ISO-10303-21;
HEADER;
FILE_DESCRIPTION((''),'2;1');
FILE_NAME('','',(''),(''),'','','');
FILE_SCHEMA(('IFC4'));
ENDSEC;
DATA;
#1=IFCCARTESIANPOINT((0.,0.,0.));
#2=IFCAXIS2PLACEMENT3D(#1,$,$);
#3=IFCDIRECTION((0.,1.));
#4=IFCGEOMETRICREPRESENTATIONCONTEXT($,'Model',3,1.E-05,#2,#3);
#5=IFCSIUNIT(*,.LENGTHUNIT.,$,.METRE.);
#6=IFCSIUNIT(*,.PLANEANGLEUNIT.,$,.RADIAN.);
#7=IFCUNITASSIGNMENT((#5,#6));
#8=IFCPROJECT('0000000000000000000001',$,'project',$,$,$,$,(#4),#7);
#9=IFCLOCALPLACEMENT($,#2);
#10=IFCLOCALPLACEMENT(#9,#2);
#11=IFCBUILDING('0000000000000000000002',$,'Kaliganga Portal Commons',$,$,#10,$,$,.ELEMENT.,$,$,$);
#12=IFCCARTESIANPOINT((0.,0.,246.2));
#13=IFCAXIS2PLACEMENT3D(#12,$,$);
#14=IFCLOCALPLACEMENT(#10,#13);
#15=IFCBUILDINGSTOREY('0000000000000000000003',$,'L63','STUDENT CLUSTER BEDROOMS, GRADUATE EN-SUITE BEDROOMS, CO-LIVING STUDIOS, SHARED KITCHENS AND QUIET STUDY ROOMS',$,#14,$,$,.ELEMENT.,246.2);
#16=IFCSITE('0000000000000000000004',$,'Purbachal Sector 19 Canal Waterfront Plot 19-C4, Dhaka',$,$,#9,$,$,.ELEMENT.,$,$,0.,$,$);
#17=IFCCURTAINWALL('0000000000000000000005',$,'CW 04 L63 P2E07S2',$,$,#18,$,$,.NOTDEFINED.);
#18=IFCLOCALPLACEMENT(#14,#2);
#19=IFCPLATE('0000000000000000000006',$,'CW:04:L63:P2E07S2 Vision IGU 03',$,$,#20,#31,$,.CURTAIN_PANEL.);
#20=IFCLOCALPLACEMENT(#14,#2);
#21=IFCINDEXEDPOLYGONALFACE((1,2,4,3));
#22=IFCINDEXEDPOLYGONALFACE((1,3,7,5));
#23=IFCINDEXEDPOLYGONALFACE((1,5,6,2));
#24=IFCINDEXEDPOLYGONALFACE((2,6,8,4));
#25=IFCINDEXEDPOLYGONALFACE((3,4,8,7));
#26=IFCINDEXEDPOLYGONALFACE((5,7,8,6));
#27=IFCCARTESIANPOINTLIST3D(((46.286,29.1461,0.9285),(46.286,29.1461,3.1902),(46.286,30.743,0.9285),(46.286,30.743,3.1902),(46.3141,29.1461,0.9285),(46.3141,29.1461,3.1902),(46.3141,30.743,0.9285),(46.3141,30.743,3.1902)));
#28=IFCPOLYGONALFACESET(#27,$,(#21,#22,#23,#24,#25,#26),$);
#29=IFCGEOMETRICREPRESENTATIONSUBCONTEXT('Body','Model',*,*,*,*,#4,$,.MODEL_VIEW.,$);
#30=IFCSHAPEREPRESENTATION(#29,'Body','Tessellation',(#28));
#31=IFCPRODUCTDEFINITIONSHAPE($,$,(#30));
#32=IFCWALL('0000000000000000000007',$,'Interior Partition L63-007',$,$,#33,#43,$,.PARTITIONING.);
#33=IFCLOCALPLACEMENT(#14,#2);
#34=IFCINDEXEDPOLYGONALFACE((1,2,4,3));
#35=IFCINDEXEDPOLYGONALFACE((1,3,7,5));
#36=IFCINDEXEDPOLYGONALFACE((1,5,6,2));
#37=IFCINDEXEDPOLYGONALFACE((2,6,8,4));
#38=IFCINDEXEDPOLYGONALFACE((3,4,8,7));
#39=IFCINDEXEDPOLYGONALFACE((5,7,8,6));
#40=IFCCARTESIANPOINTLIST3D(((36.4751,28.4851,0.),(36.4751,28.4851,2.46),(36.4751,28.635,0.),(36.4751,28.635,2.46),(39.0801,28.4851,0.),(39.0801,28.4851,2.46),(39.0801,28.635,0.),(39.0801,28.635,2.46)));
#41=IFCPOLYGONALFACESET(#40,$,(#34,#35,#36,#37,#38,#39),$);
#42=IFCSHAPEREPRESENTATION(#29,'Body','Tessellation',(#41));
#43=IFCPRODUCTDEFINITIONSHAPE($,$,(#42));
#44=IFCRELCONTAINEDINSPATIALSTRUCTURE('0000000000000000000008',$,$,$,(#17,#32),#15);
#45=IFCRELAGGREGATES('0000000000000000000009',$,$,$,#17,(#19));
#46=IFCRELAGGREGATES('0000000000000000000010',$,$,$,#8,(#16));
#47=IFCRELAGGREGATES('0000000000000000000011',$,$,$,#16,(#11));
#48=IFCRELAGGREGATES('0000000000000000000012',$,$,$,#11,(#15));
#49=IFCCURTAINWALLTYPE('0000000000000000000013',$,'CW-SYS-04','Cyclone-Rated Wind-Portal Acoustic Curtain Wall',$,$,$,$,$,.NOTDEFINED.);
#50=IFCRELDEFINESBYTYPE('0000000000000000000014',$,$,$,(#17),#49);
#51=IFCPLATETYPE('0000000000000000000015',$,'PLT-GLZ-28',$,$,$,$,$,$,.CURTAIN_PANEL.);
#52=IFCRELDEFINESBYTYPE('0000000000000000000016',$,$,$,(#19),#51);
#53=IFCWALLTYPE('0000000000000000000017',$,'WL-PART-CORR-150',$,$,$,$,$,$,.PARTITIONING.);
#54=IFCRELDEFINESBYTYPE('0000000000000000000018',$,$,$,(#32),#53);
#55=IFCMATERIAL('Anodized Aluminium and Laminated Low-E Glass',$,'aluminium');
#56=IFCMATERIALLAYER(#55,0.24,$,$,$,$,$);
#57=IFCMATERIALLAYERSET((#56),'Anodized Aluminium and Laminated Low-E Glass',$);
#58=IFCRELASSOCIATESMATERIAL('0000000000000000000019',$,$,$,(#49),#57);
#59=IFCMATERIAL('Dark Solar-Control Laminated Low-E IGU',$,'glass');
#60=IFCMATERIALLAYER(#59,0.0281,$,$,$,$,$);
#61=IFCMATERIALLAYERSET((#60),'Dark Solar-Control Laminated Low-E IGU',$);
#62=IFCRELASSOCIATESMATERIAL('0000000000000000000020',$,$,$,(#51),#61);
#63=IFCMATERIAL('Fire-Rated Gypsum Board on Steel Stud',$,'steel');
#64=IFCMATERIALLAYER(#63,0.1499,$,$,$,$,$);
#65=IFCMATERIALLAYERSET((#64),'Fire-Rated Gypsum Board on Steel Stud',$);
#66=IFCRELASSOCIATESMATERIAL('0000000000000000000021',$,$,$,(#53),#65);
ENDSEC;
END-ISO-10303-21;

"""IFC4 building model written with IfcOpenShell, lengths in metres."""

from ifc_helpers import new_model, si_unit, direction, frame, frame_2d, origin, origin_2d, place, context, subcontext, project, spatial, rectangle, extrude, source, transform, mapped, material, layer, layer_set, type_object, element, aggregate, save


model = new_model("IFC4")

# Units and contexts
model_context = context("Model", 3, precision=1e-05, world=origin(), true_north=direction((0.0, 1.0)))
body_context = subcontext(model_context, "Body", "Model", "MODEL_VIEW")
ifc_project = project(units=[si_unit("LENGTHUNIT", "METRE"), si_unit("PLANEANGLEUNIT", "RADIAN")], contexts=[model_context])

# Site, building, storey
site_placement = place(None, origin())
site = spatial("IfcSite", under=ifc_project, at=site_placement, Name="Purbachal Sector 19 Canal Waterfront Plot 19-C4, Dhaka", CompositionType="ELEMENT", RefElevation=0.0)
building_placement = place(site_placement, origin())
building = spatial("IfcBuilding", under=site, at=building_placement, Name="Kaliganga Portal Commons", CompositionType="ELEMENT")
storey_placement = place(building_placement, frame((0.0, 0.0, 246.2)))
storey = spatial("IfcBuildingStorey", under=building, at=storey_placement, Name="L63", Description="STUDENT CLUSTER BEDROOMS, GRADUATE EN-SUITE BEDROOMS, CO-LIVING STUDIOS, SHARED KITCHENS AND QUIET STUDY ROOMS", CompositionType="ELEMENT", Elevation=246.2)

# Curtain wall
ifc_material_1 = material(Name="Anodized Aluminium and Laminated Low-E Glass", Category="aluminium")
ifc_layer_1 = layer(ifc_material_1, 0.24)
ifc_layer_set_1 = layer_set([ifc_layer_1], Name="Anodized Aluminium and Laminated Low-E Glass")
curtain_wall_type = type_object("IfcCurtainWallType", Name="CW-SYS-04", Description="Cyclone-Rated Wind-Portal Acoustic Curtain Wall", PredefinedType="NOTDEFINED", material=ifc_layer_set_1)
curtain_wall_1_placement = place(storey_placement, origin())
curtain_wall_1 = element("IfcCurtainWall", 1, at=curtain_wall_1_placement, inside=storey, type_object=curtain_wall_type, Name="CW 04 L63 P2E07S2", PredefinedType="NOTDEFINED")

# Plate
ifc_material_2 = material(Name="Dark Solar-Control Laminated Low-E IGU", Category="glass")
ifc_layer_2 = layer(ifc_material_2, 0.0281)
ifc_layer_set_2 = layer_set([ifc_layer_2], Name="Dark Solar-Control Laminated Low-E IGU")
plate_type_1 = type_object("IfcPlateType", Name="PLT-GLZ-28", PredefinedType="CURTAIN_PANEL", material=ifc_layer_set_2)
shared_shape_1 = source(origin(), body_context, "Body", "SweptSolid", [
    extrude(rectangle(XDim=1.5969, YDim=0.0281, at=origin_2d()), origin(), (0.0, 0.0, 1.0), 2.2617),
])
plate_1_placement = place(storey_placement, frame((46.3, 29.9446, 0.9285), z_axis=(0.0, 0.0, 1.0), x_axis=(0.0, -1.0, 0.0)))
plate_1 = element("IfcPlate", 2, at=plate_1_placement, type_object=plate_type_1, Name="CW:04:L63:P2E07S2 Vision IGU 03", PredefinedType="CURTAIN_PANEL", context=body_context, shape_type="MappedRepresentation", body=[
    mapped(shared_shape_1, transform((0.0, 0.0, 0.0), x_axis=(1.0, 0.0, 0.0), y_axis=(0.0, 1.0, 0.0), z_axis=(0.0, 0.0, 1.0), scale=1.0)),
])
aggregate(curtain_wall_1, [plate_1])

# Wall
ifc_material_3 = material(Name="Fire-Rated Gypsum Board on Steel Stud", Category="steel")
ifc_layer_3 = layer(ifc_material_3, 0.1499)
ifc_layer_set_3 = layer_set([ifc_layer_3], Name="Fire-Rated Gypsum Board on Steel Stud")
wall_type = type_object("IfcWallType", Name="WL-PART-CORR-150", PredefinedType="PARTITIONING", material=ifc_layer_set_3)
wall_placement = place(storey_placement, frame((36.4751, 28.5601, 0.0), z_axis=(0.0, 0.0, 1.0), x_axis=(1.0, 0.0, 0.0)))
element("IfcWall", 3, at=wall_placement, inside=storey, type_object=wall_type, Name="Interior Partition L63-007", PredefinedType="PARTITIONING", context=body_context, shape_type="SweptSolid", body=[
    extrude(rectangle(XDim=2.605, YDim=0.1499, at=frame_2d((1.3025, 0.0))), origin(), (0.0, 0.0, 1.0), 2.46),
])

save(model, "model.ifc")
